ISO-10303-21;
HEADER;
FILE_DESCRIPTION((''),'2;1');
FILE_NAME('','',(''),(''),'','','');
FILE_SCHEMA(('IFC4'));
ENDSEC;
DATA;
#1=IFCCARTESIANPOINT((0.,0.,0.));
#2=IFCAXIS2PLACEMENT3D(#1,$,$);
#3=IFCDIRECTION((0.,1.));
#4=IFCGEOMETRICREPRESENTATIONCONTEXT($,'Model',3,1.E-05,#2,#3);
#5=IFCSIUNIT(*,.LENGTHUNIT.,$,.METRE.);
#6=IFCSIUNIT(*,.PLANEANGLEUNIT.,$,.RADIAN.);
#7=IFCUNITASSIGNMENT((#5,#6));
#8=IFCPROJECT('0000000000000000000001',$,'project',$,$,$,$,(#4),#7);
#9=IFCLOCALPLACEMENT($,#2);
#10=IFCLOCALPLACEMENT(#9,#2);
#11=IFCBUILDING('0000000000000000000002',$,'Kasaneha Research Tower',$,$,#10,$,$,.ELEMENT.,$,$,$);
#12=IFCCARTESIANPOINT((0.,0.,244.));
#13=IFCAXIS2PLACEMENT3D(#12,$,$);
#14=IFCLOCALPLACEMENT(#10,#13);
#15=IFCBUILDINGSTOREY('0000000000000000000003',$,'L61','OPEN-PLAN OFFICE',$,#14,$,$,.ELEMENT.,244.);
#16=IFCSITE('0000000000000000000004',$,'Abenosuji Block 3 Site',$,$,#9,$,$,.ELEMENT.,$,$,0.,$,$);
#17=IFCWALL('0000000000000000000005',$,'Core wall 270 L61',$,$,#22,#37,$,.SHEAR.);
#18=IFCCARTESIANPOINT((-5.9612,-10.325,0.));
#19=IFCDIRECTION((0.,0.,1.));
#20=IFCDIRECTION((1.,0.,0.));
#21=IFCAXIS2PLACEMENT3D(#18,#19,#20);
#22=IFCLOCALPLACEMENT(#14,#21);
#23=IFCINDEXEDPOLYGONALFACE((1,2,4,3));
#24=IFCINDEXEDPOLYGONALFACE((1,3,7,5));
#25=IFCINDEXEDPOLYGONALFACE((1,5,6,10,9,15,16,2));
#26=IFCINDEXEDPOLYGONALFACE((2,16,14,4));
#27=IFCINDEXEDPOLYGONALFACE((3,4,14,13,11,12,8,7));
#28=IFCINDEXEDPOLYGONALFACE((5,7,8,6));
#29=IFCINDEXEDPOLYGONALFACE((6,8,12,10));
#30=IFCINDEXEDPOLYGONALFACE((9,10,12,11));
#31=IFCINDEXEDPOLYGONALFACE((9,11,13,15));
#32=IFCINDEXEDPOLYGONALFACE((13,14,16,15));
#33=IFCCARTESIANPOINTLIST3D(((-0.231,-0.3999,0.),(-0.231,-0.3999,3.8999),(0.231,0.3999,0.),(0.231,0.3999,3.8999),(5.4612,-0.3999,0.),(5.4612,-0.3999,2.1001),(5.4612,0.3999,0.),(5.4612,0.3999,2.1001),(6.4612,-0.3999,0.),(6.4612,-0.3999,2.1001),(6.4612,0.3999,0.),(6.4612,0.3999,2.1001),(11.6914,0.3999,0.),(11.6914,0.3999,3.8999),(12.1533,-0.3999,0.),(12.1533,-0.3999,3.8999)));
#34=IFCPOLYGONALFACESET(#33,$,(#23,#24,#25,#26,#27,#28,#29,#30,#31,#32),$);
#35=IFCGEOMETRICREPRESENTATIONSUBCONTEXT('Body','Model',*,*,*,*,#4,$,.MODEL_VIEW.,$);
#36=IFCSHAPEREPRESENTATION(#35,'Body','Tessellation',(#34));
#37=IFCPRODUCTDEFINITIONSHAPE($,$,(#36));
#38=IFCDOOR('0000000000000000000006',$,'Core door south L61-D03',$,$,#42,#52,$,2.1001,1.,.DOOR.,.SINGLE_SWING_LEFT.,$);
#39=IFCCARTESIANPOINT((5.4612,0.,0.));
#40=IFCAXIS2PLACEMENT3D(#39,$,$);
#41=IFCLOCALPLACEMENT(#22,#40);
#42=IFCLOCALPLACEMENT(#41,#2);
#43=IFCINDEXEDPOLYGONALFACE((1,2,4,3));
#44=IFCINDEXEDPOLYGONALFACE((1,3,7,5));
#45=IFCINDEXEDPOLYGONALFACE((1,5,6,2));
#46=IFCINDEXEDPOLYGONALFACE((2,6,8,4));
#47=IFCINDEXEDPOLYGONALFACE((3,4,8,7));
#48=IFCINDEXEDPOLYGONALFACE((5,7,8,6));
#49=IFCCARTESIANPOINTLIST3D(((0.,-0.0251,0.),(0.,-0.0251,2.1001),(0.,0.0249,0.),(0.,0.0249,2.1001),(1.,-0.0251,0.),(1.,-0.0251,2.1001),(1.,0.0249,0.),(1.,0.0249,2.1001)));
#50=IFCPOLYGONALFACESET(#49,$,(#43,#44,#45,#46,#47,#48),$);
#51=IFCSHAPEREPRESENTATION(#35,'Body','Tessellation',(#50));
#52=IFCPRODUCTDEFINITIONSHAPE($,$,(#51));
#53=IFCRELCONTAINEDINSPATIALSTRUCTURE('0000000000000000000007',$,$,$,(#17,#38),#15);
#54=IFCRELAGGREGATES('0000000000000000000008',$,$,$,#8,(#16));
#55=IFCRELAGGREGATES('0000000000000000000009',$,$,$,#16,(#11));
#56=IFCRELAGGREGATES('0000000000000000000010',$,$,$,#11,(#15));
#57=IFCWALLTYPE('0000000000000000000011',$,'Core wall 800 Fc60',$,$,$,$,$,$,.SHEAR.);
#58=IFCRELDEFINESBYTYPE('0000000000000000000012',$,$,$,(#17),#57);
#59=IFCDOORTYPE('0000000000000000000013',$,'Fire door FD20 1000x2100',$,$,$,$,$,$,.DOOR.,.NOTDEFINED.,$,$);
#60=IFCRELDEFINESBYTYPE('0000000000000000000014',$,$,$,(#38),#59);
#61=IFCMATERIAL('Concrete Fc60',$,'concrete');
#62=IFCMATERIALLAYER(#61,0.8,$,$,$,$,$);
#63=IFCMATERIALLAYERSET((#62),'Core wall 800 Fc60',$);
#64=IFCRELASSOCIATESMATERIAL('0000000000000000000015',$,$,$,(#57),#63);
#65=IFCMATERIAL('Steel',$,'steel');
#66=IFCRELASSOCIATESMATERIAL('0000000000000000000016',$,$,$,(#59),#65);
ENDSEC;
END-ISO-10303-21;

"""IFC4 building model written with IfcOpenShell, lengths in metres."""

from ifc_helpers import new_model, si_unit, direction, frame, frame_2d, origin, place, context, subcontext, project, spatial, polyline, rectangle, outline, extrude, material, layer, layer_set, type_object, element, fill, save


model = new_model("IFC4")

# Units and contexts
model_context = context("Model", 3, precision=1e-05, world=origin(), true_north=direction((0.0, 1.0)))
body_context = subcontext(model_context, "Body", "Model", "MODEL_VIEW")
ifc_project = project(units=[si_unit("LENGTHUNIT", "METRE"), si_unit("PLANEANGLEUNIT", "RADIAN")], contexts=[model_context])

# Site, building, storey
site_placement = place(None, origin())
site = spatial("IfcSite", under=ifc_project, at=site_placement, Name="Abenosuji Block 3 Site", CompositionType="ELEMENT", RefElevation=0.0)
building_placement = place(site_placement, origin())
building = spatial("IfcBuilding", under=site, at=building_placement, Name="Kasaneha Research Tower", CompositionType="ELEMENT")
storey_placement = place(building_placement, frame((0.0, 0.0, 244.0)))
storey = spatial("IfcBuildingStorey", under=building, at=storey_placement, Name="L61", Description="OPEN-PLAN OFFICE", CompositionType="ELEMENT", Elevation=244.0)

# Wall, opening, door
ifc_material_1 = material(Name="Concrete Fc60", Category="concrete")
ifc_layer_1 = layer(ifc_material_1, 0.8)
ifc_layer_set_1 = layer_set([ifc_layer_1], Name="Core wall 800 Fc60")
wall_type_1 = type_object("IfcWallType", Name="Core wall 800 Fc60", PredefinedType="SHEAR", material=ifc_layer_set_1)
wall_1_placement = place(storey_placement, frame((-5.9612, -10.325, 0.0), z_axis=(0.0, 0.0, 1.0), x_axis=(1.0, 0.0, 0.0)))
wall_1 = element("IfcWall", 1, at=wall_1_placement, inside=storey, type_object=wall_type_1, Name="Core wall 270 L61", PredefinedType="SHEAR", context=body_context, shape_type="SweptSolid", body=[
    extrude(outline(polyline([(-0.231, -0.3999), (5.4612, -0.3999), (6.4612, -0.3999), (12.1533, -0.3999), (11.6914, 0.3999), (6.4612, 0.3999), (5.4612, 0.3999), (0.231, 0.3999), (-0.231, -0.3999)])), origin(), (0.0, 0.0, 1.0), 3.8999),
])
opening_1_placement = place(wall_1_placement, frame((5.4612, 0.0, 0.0)))
opening_1 = element("IfcOpeningElement", 2, at=opening_1_placement, cuts=wall_1, PredefinedType="OPENING", context=body_context, shape_type="SweptSolid", body=[
    extrude(rectangle(XDim=1.0, YDim=2.1001, at=frame_2d((0.5, 1.05))), frame((0.0, 0.4102, 0.0), z_axis=(0.0, -1.0, 0.0), x_axis=(1.0, 0.0, 0.0)), (0.0, 0.0, 1.0), 0.8201),
])
ifc_material_2 = material(Name="Steel", Category="steel")
door_type_1 = type_object("IfcDoorType", Name="Fire door FD20 1000x2100", OperationType="NOTDEFINED", PredefinedType="DOOR", material=ifc_material_2)
door_1_placement = place(opening_1_placement, origin())
door_1 = element("IfcDoor", 3, at=door_1_placement, inside=storey, type_object=door_type_1, Name="Core door south L61-D03", OperationType="SINGLE_SWING_LEFT", OverallHeight=2.1001, OverallWidth=1.0, PredefinedType="DOOR", context=body_context, shape_type="SweptSolid", body=[
    extrude(rectangle(XDim=1.0, YDim=2.1001, at=frame_2d((0.5, 1.05))), frame((0.0, 0.0249, 0.0), z_axis=(0.0, -1.0, 0.0), x_axis=(1.0, 0.0, 0.0)), (0.0, 0.0, 1.0), 0.05),
])
fill(opening_1, door_1)

save(model, "model.ifc")
